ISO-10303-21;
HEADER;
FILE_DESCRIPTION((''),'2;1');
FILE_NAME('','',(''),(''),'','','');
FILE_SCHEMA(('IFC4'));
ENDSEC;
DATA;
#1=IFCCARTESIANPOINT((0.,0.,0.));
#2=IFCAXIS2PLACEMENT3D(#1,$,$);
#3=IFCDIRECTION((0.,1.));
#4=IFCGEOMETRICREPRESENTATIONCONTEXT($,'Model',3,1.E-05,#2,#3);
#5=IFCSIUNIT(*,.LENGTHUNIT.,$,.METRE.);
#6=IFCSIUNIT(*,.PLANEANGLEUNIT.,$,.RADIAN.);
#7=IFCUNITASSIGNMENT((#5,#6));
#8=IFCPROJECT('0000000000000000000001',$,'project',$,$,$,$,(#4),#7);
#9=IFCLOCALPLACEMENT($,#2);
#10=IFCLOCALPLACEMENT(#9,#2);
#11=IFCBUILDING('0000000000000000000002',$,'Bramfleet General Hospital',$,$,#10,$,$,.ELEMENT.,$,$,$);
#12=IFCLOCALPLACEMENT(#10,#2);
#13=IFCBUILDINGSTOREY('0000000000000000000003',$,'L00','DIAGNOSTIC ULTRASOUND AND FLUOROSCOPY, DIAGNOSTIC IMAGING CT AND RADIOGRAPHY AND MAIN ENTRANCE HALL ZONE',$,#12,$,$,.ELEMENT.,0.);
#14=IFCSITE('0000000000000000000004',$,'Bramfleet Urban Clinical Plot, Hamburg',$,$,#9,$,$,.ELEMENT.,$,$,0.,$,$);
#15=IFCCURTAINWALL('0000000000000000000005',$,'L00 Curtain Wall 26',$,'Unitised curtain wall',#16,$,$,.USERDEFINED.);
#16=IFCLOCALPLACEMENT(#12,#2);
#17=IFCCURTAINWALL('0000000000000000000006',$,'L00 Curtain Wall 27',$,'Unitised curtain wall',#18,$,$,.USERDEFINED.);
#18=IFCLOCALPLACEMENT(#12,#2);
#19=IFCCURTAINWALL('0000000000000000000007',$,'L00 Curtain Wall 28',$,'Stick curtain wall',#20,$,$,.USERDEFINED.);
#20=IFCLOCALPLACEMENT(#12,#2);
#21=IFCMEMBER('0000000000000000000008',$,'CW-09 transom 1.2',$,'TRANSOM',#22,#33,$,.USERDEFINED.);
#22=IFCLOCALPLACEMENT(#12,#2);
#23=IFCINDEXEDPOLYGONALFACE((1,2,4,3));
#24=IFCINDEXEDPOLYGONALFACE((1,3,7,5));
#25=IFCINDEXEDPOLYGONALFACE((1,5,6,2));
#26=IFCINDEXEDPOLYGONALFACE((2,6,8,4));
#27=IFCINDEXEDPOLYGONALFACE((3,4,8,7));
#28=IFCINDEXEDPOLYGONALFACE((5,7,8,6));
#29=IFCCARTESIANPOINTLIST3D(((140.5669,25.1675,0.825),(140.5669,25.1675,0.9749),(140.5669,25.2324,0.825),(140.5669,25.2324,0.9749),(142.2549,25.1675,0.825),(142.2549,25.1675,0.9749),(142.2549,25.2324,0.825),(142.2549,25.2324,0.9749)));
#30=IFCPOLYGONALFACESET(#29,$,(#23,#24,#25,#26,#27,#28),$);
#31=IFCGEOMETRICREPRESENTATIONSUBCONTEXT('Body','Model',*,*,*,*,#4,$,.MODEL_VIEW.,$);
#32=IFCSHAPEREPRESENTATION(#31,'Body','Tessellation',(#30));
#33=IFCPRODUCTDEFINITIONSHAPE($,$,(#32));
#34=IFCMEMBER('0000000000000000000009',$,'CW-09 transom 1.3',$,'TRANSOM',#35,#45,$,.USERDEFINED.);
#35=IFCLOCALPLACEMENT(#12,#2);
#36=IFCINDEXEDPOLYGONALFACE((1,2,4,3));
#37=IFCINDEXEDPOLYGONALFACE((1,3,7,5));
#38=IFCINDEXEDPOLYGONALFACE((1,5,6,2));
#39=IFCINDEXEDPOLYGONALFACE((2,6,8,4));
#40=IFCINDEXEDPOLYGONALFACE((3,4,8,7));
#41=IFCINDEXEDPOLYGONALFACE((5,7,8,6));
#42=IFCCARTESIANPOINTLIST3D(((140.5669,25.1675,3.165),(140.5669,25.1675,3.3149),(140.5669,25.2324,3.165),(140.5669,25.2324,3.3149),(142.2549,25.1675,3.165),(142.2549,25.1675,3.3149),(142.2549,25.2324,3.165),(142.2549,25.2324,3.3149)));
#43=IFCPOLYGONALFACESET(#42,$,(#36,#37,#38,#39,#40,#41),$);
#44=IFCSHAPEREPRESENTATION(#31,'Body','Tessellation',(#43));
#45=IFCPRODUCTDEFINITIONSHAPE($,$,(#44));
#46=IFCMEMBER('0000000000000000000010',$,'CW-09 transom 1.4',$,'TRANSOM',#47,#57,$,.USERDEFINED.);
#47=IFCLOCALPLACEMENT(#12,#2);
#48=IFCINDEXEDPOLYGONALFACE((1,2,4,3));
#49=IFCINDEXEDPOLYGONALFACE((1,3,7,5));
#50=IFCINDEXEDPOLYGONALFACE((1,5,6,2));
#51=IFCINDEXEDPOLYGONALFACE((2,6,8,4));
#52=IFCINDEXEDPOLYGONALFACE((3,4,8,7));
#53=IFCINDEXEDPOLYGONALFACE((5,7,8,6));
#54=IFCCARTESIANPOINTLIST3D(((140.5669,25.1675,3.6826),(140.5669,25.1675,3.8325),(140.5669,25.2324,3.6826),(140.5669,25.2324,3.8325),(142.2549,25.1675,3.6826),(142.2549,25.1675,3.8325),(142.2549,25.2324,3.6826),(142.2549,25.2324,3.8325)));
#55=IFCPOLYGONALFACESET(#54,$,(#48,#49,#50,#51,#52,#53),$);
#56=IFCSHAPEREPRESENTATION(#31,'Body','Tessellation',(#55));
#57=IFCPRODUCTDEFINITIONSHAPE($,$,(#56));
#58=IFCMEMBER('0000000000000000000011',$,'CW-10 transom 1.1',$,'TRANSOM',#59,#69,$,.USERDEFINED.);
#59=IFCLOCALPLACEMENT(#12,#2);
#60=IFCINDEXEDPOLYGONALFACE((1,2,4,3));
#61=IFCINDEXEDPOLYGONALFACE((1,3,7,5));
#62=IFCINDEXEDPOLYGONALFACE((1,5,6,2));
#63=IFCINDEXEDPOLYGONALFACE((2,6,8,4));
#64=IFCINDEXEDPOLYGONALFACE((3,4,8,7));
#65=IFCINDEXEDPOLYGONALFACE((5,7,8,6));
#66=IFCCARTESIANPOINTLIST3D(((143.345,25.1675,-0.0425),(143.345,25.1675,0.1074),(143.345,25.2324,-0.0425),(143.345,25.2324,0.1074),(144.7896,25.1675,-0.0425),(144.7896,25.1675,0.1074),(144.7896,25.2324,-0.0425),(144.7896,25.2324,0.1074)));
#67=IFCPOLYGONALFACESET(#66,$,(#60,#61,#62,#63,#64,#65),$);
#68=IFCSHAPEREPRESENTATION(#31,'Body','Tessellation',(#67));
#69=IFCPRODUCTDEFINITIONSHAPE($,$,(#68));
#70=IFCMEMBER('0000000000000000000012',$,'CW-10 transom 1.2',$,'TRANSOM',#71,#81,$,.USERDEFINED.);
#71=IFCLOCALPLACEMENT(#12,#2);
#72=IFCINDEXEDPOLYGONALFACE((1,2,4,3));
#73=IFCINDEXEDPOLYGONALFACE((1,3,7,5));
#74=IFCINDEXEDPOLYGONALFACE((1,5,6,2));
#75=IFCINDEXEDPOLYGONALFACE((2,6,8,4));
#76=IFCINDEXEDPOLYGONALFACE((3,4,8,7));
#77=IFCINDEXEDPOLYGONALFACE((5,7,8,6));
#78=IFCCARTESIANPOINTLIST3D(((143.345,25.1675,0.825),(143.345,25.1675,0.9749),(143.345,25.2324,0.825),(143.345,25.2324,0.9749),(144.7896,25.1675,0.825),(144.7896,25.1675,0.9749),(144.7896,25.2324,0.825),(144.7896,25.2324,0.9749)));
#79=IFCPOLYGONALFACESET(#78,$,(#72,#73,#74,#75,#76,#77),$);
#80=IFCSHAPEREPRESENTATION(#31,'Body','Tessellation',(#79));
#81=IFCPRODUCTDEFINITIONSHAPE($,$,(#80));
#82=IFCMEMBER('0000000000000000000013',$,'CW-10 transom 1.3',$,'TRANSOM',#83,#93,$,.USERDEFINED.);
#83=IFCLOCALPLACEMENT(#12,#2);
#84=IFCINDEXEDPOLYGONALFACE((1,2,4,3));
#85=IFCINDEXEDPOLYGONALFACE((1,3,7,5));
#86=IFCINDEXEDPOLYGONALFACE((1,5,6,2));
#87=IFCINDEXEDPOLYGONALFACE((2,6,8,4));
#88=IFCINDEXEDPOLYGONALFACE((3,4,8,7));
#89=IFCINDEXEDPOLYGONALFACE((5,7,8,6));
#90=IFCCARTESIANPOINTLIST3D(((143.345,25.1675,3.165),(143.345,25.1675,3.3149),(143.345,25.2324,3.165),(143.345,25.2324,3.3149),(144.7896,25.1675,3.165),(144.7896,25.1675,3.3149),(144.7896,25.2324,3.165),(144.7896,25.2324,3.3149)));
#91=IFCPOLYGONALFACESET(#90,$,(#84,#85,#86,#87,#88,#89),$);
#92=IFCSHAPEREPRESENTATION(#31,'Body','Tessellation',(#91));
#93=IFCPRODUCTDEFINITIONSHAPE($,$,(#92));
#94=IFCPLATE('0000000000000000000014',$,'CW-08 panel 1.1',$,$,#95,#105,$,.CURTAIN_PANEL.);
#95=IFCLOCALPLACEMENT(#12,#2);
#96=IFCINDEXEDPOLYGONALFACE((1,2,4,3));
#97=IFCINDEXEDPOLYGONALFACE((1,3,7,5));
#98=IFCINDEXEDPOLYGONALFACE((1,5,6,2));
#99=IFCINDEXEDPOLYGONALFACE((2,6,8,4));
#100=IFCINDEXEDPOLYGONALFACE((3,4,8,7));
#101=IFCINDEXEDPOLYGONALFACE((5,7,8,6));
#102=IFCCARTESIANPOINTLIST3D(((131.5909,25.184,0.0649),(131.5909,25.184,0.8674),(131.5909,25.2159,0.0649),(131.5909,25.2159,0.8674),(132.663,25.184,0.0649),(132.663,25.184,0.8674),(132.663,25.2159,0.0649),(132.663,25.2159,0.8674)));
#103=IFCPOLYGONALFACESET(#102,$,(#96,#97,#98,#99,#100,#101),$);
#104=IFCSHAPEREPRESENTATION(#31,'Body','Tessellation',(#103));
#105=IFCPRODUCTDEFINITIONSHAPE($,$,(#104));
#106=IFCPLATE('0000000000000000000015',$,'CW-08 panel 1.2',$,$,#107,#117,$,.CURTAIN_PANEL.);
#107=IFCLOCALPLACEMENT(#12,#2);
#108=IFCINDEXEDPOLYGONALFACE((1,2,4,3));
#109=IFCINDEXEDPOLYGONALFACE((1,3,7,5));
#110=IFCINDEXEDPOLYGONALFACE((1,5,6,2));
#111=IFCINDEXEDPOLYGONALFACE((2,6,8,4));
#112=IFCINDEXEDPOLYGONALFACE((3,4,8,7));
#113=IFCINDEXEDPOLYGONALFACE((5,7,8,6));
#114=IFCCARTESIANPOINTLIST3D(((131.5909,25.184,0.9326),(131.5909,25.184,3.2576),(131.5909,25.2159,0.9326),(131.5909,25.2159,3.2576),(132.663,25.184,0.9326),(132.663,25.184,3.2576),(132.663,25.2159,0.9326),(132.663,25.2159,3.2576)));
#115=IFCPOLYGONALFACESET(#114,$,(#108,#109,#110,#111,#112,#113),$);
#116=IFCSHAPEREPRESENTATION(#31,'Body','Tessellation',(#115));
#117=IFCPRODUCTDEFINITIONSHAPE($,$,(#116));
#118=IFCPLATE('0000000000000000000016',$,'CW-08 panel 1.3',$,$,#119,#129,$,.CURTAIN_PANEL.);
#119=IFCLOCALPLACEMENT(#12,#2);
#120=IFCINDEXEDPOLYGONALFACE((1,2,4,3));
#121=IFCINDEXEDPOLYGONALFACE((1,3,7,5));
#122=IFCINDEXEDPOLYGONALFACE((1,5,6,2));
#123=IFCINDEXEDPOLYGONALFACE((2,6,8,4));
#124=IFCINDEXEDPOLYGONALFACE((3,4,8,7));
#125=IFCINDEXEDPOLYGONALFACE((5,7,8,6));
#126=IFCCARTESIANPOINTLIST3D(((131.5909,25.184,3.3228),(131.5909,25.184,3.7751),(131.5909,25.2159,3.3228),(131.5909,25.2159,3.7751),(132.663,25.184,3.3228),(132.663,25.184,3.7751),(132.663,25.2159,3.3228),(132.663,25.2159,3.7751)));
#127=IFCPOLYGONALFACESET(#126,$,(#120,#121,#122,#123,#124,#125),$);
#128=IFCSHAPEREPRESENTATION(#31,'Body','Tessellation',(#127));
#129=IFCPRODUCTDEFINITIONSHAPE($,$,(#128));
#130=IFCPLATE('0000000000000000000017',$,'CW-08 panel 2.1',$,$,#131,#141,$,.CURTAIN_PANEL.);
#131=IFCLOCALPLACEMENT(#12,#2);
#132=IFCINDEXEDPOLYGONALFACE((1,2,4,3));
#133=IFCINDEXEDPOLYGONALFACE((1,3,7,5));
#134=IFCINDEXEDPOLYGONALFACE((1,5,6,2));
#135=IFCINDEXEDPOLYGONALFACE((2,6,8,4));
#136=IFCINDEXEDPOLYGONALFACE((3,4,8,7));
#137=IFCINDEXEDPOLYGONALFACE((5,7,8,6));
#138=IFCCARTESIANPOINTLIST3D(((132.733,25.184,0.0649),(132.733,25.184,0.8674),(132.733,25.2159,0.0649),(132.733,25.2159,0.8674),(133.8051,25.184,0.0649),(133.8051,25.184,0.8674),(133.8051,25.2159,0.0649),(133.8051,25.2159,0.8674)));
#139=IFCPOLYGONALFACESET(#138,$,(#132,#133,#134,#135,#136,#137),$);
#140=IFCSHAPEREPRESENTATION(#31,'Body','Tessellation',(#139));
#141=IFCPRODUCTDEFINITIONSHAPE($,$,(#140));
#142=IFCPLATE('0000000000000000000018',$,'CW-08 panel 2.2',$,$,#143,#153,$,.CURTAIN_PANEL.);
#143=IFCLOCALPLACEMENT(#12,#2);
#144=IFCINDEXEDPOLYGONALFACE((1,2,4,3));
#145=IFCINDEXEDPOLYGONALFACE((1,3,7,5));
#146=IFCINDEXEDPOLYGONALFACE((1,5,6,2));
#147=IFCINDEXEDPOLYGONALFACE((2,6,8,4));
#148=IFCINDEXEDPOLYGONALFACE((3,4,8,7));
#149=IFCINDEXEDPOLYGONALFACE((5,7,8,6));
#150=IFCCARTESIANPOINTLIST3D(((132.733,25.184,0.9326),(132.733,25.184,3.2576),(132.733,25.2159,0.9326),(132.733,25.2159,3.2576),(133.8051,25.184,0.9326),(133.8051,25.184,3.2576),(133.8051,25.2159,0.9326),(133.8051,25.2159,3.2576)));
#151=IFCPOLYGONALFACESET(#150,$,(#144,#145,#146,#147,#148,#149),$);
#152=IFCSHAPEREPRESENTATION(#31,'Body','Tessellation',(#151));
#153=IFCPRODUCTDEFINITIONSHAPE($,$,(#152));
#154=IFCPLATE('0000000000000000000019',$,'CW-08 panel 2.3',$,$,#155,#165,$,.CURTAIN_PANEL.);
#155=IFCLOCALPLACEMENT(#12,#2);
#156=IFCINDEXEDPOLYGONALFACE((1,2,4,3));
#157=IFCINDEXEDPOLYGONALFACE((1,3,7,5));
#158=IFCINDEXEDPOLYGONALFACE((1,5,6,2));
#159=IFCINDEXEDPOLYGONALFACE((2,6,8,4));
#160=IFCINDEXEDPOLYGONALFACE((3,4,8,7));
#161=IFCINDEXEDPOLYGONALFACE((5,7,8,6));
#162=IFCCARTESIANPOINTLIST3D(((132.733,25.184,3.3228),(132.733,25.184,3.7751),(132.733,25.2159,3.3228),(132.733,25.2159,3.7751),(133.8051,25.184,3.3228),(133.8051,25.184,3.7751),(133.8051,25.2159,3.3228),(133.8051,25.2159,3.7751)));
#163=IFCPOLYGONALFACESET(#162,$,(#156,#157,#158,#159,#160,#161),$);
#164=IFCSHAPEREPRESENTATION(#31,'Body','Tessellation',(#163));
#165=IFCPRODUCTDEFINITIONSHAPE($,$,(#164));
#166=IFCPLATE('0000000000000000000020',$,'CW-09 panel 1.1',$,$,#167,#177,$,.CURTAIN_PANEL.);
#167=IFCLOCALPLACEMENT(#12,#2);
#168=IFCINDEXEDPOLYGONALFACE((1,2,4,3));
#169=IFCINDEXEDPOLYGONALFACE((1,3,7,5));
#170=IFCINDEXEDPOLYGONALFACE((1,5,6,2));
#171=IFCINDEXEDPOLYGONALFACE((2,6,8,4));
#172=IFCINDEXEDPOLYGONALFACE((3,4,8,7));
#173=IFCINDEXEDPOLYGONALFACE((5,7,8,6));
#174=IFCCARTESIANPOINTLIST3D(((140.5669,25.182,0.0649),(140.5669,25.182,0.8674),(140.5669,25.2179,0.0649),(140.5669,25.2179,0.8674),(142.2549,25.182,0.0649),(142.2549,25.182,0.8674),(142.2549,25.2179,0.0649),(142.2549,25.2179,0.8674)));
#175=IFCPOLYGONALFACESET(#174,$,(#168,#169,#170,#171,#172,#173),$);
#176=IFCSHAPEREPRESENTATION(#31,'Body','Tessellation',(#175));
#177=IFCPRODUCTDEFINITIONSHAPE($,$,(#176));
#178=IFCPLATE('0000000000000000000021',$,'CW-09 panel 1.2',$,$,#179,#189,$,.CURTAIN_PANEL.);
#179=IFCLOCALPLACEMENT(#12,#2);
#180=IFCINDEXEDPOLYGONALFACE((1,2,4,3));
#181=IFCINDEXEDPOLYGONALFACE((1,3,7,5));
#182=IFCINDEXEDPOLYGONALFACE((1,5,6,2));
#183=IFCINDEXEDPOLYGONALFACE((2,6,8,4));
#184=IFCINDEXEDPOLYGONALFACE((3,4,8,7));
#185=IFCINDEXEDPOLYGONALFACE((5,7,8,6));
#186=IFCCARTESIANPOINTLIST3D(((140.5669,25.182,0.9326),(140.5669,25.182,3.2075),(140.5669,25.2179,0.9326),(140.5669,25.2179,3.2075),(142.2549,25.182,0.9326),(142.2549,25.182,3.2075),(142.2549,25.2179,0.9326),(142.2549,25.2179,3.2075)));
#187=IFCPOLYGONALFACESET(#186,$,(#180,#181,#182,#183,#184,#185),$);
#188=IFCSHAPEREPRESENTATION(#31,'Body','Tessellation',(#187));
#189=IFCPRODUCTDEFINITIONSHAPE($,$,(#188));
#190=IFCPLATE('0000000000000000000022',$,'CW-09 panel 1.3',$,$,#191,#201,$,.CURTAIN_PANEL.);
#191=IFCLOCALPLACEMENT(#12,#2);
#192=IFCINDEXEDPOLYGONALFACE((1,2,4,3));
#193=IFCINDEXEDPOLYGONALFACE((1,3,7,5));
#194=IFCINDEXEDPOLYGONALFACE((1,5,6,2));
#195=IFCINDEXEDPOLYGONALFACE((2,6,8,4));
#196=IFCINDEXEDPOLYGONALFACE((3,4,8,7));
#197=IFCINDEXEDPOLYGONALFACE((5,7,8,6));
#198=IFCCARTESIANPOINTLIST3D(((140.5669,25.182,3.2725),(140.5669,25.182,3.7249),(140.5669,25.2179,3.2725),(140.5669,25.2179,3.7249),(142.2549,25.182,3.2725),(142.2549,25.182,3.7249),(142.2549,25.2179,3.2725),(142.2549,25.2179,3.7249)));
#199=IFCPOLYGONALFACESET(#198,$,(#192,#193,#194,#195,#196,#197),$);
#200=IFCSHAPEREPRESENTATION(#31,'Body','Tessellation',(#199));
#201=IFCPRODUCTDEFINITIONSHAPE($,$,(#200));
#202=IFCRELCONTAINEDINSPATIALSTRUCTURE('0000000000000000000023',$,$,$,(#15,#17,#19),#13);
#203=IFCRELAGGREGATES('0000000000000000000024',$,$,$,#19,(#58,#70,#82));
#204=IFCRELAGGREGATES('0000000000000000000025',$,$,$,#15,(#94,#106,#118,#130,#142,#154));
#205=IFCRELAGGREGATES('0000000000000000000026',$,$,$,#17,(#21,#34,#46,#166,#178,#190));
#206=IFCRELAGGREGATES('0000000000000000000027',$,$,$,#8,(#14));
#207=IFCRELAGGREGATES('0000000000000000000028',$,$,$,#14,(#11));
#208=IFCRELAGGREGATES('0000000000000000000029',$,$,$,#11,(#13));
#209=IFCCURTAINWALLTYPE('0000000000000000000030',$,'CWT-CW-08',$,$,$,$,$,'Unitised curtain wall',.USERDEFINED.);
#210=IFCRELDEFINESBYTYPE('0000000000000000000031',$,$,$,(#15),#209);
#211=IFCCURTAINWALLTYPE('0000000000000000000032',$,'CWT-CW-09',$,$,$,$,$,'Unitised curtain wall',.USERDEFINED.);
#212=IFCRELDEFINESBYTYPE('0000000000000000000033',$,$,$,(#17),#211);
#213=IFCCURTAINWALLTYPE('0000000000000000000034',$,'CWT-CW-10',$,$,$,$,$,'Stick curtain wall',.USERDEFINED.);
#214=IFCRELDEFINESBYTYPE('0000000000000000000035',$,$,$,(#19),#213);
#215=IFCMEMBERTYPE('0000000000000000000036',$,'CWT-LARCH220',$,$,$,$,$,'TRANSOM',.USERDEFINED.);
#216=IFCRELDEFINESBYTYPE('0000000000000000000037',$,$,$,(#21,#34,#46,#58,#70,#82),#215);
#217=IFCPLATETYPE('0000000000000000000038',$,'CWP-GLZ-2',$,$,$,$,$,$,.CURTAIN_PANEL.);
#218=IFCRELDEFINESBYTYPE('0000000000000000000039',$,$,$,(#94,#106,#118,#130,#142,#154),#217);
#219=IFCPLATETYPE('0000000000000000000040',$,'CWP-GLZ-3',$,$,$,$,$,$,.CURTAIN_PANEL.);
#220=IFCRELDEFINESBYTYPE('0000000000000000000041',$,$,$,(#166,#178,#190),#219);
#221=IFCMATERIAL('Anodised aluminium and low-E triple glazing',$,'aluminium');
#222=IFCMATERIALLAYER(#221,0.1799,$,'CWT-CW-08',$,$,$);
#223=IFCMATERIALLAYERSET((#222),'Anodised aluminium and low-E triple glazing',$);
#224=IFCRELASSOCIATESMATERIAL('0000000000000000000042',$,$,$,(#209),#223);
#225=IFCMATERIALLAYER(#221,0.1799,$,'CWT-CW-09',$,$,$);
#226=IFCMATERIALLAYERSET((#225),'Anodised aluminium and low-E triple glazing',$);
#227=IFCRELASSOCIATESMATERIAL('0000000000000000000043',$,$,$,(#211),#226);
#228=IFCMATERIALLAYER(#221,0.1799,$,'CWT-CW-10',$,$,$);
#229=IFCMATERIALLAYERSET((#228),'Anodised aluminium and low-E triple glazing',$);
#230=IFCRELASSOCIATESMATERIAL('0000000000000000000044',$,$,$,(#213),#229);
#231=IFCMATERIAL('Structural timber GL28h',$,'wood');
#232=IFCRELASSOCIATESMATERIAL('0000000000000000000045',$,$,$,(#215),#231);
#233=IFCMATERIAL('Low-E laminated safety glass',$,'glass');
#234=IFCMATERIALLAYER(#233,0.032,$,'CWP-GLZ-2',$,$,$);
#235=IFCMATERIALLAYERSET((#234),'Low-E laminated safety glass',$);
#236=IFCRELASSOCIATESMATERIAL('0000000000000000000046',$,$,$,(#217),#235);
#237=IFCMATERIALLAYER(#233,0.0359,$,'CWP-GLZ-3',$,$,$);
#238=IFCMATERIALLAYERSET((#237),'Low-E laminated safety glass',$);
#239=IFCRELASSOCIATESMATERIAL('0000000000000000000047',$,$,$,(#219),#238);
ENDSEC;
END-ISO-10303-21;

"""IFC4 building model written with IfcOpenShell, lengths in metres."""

from ifc_helpers import new_model, si_unit, direction, frame, origin, origin_2d, place, context, subcontext, project, spatial, rectangle, extrude, material, layer, layer_set, material_profile, profile_set, type_object, element, aggregate, save


model = new_model("IFC4")

# Units and contexts
model_context = context("Model", 3, precision=1e-05, world=origin(), true_north=direction((0.0, 1.0)))
body_context = subcontext(model_context, "Body", "Model", "MODEL_VIEW")
ifc_project = project(units=[si_unit("LENGTHUNIT", "METRE"), si_unit("PLANEANGLEUNIT", "RADIAN")], contexts=[model_context])

# Site, building, storey
site_placement = place(None, origin())
site = spatial("IfcSite", under=ifc_project, at=site_placement, Name="Bramfleet Urban Clinical Plot, Hamburg", CompositionType="ELEMENT", RefElevation=0.0)
building_placement = place(site_placement, origin())
building = spatial("IfcBuilding", under=site, at=building_placement, Name="Bramfleet General Hospital", CompositionType="ELEMENT")
storey_placement = place(building_placement, origin())
storey = spatial("IfcBuildingStorey", under=building, at=storey_placement, Name="L00", Description="DIAGNOSTIC ULTRASOUND AND FLUOROSCOPY, DIAGNOSTIC IMAGING CT AND RADIOGRAPHY AND MAIN ENTRANCE HALL ZONE", CompositionType="ELEMENT", Elevation=0.0)

# Curtain walls
ifc_material_1 = material(Name="Anodised aluminium and low-E triple glazing", Category="aluminium")
ifc_layer_1 = layer(ifc_material_1, 0.1799, Name="CWT-CW-08")
ifc_layer_set_1 = layer_set([ifc_layer_1], Name="Anodised aluminium and low-E triple glazing")
curtain_wall_type_1 = type_object("IfcCurtainWallType", Name="CWT-CW-08", ElementType="Unitised curtain wall", PredefinedType="USERDEFINED", material=ifc_layer_set_1)
curtain_wall_1_placement = place(storey_placement, origin())
curtain_wall_1 = element("IfcCurtainWall", 1, at=curtain_wall_1_placement, inside=storey, type_object=curtain_wall_type_1, Name="L00 Curtain Wall 26", ObjectType="Unitised curtain wall", PredefinedType="USERDEFINED")
ifc_material_2 = material(Name="Structural timber GL28h", Category="wood")
ifc_layer_2 = layer(ifc_material_1, 0.1799, Name="CWT-CW-09")
ifc_layer_set_2 = layer_set([ifc_layer_2], Name="Anodised aluminium and low-E triple glazing")
curtain_wall_type_2 = type_object("IfcCurtainWallType", Name="CWT-CW-09", ElementType="Unitised curtain wall", PredefinedType="USERDEFINED", material=ifc_layer_set_2)
curtain_wall_2_placement = place(storey_placement, origin())
curtain_wall_2 = element("IfcCurtainWall", 2, at=curtain_wall_2_placement, inside=storey, type_object=curtain_wall_type_2, Name="L00 Curtain Wall 27", ObjectType="Unitised curtain wall", PredefinedType="USERDEFINED")

# Curtain wall
ifc_layer_3 = layer(ifc_material_1, 0.1799, Name="CWT-CW-10")
ifc_layer_set_3 = layer_set([ifc_layer_3], Name="Anodised aluminium and low-E triple glazing")
curtain_wall_type_3 = type_object("IfcCurtainWallType", Name="CWT-CW-10", ElementType="Stick curtain wall", PredefinedType="USERDEFINED", material=ifc_layer_set_3)
curtain_wall_3_placement = place(storey_placement, origin())
curtain_wall_3 = element("IfcCurtainWall", 3, at=curtain_wall_3_placement, inside=storey, type_object=curtain_wall_type_3, Name="L00 Curtain Wall 28", ObjectType="Stick curtain wall", PredefinedType="USERDEFINED")

# Members
ifc_material_profile_1 = material_profile(ifc_material_2, rectangle(XDim=0.0649, YDim=0.1499, at=origin_2d()), Name="LARCH 150x65")
ifc_profile_set_1 = profile_set([ifc_material_profile_1], Name="Structural timber GL28h")
member_type_1 = type_object("IfcMemberType", Name="CWT-LARCH220", ElementType="TRANSOM", PredefinedType="USERDEFINED", material=ifc_profile_set_1)
member_1_placement = place(storey_placement, frame((140.5669, 25.2, 0.8999), z_axis=(1.0, 0.0, 0.0), x_axis=(0.0, 1.0, 0.0)))
member_1 = element("IfcMember", 4, at=member_1_placement, type_object=member_type_1, Name="CW-09 transom 1.2", ObjectType="TRANSOM", PredefinedType="USERDEFINED", context=body_context, shape_type="SweptSolid", body=[
    extrude(rectangle(XDim=0.0649, YDim=0.1499, at=origin_2d()), origin(), (0.0, 0.0, 1.0), 1.688),
])
member_2_placement = place(storey_placement, frame((140.5669, 25.2, 3.24), z_axis=(1.0, 0.0, 0.0), x_axis=(0.0, 1.0, 0.0)))
member_2 = element("IfcMember", 5, at=member_2_placement, type_object=member_type_1, Name="CW-09 transom 1.3", ObjectType="TRANSOM", PredefinedType="USERDEFINED", context=body_context, shape_type="SweptSolid", body=[
    extrude(rectangle(XDim=0.0649, YDim=0.1499, at=origin_2d()), origin(), (0.0, 0.0, 1.0), 1.688),
])
member_3_placement = place(storey_placement, frame((140.5669, 25.2, 3.7576), z_axis=(1.0, 0.0, 0.0), x_axis=(0.0, 1.0, 0.0)))
member_3 = element("IfcMember", 6, at=member_3_placement, type_object=member_type_1, Name="CW-09 transom 1.4", ObjectType="TRANSOM", PredefinedType="USERDEFINED", context=body_context, shape_type="SweptSolid", body=[
    extrude(rectangle(XDim=0.0649, YDim=0.1499, at=origin_2d()), origin(), (0.0, 0.0, 1.0), 1.688),
])
member_4_placement = place(storey_placement, frame((143.345, 25.2, 0.0325), z_axis=(1.0, 0.0, 0.0), x_axis=(0.0, 1.0, 0.0)))
member_4 = element("IfcMember", 7, at=member_4_placement, type_object=member_type_1, Name="CW-10 transom 1.1", ObjectType="TRANSOM", PredefinedType="USERDEFINED", context=body_context, shape_type="SweptSolid", body=[
    extrude(rectangle(XDim=0.0649, YDim=0.1499, at=origin_2d()), origin(), (0.0, 0.0, 1.0), 1.4446),
])
member_5_placement = place(storey_placement, frame((143.345, 25.2, 0.8999), z_axis=(1.0, 0.0, 0.0), x_axis=(0.0, 1.0, 0.0)))
member_5 = element("IfcMember", 8, at=member_5_placement, type_object=member_type_1, Name="CW-10 transom 1.2", ObjectType="TRANSOM", PredefinedType="USERDEFINED", context=body_context, shape_type="SweptSolid", body=[
    extrude(rectangle(XDim=0.0649, YDim=0.1499, at=origin_2d()), origin(), (0.0, 0.0, 1.0), 1.4446),
])
member_6_placement = place(storey_placement, frame((143.345, 25.2, 3.24), z_axis=(1.0, 0.0, 0.0), x_axis=(0.0, 1.0, 0.0)))
member_6 = element("IfcMember", 9, at=member_6_placement, type_object=member_type_1, Name="CW-10 transom 1.3", ObjectType="TRANSOM", PredefinedType="USERDEFINED", context=body_context, shape_type="SweptSolid", body=[
    extrude(rectangle(XDim=0.0649, YDim=0.1499, at=origin_2d()), origin(), (0.0, 0.0, 1.0), 1.4446),
])
aggregate(curtain_wall_3, [member_4, member_5, member_6])

# Plates
ifc_material_3 = material(Name="Low-E laminated safety glass", Category="glass")
ifc_layer_4 = layer(ifc_material_3, 0.032, Name="CWP-GLZ-2")
ifc_layer_set_4 = layer_set([ifc_layer_4], Name="Low-E laminated safety glass")
plate_type_1 = type_object("IfcPlateType", Name="CWP-GLZ-2", PredefinedType="CURTAIN_PANEL", material=ifc_layer_set_4)
plate_1_placement = place(storey_placement, frame((132.127, 25.2, 0.0649), z_axis=(0.0, 0.0, 1.0), x_axis=(1.0, 0.0, 0.0)))
plate_1 = element("IfcPlate", 10, at=plate_1_placement, type_object=plate_type_1, Name="CW-08 panel 1.1", PredefinedType="CURTAIN_PANEL", context=body_context, shape_type="SweptSolid", body=[
    extrude(rectangle(XDim=1.072, YDim=0.032, at=origin_2d()), origin(), (0.0, 0.0, 1.0), 0.8025),
])
plate_2_placement = place(storey_placement, frame((132.127, 25.2, 0.9326), z_axis=(0.0, 0.0, 1.0), x_axis=(1.0, 0.0, 0.0)))
plate_2 = element("IfcPlate", 11, at=plate_2_placement, type_object=plate_type_1, Name="CW-08 panel 1.2", PredefinedType="CURTAIN_PANEL", context=body_context, shape_type="SweptSolid", body=[
    extrude(rectangle(XDim=1.072, YDim=0.032, at=origin_2d()), origin(), (0.0, 0.0, 1.0), 2.325),
])
plate_3_placement = place(storey_placement, frame((132.127, 25.2, 3.3228), z_axis=(0.0, 0.0, 1.0), x_axis=(1.0, 0.0, 0.0)))
plate_3 = element("IfcPlate", 12, at=plate_3_placement, type_object=plate_type_1, Name="CW-08 panel 1.3", PredefinedType="CURTAIN_PANEL", context=body_context, shape_type="SweptSolid", body=[
    extrude(rectangle(XDim=1.072, YDim=0.032, at=origin_2d()), origin(), (0.0, 0.0, 1.0), 0.4524),
])
plate_4_placement = place(storey_placement, frame((133.269, 25.2, 0.0649), z_axis=(0.0, 0.0, 1.0), x_axis=(1.0, 0.0, 0.0)))
plate_4 = element("IfcPlate", 13, at=plate_4_placement, type_object=plate_type_1, Name="CW-08 panel 2.1", PredefinedType="CURTAIN_PANEL", context=body_context, shape_type="SweptSolid", body=[
    extrude(rectangle(XDim=1.072, YDim=0.032, at=origin_2d()), origin(), (0.0, 0.0, 1.0), 0.8025),
])
plate_5_placement = place(storey_placement, frame((133.269, 25.2, 0.9326), z_axis=(0.0, 0.0, 1.0), x_axis=(1.0, 0.0, 0.0)))
plate_5 = element("IfcPlate", 14, at=plate_5_placement, type_object=plate_type_1, Name="CW-08 panel 2.2", PredefinedType="CURTAIN_PANEL", context=body_context, shape_type="SweptSolid", body=[
    extrude(rectangle(XDim=1.072, YDim=0.032, at=origin_2d()), origin(), (0.0, 0.0, 1.0), 2.325),
])
plate_6_placement = place(storey_placement, frame((133.269, 25.2, 3.3228), z_axis=(0.0, 0.0, 1.0), x_axis=(1.0, 0.0, 0.0)))
plate_6 = element("IfcPlate", 15, at=plate_6_placement, type_object=plate_type_1, Name="CW-08 panel 2.3", PredefinedType="CURTAIN_PANEL", context=body_context, shape_type="SweptSolid", body=[
    extrude(rectangle(XDim=1.072, YDim=0.032, at=origin_2d()), origin(), (0.0, 0.0, 1.0), 0.4524),
])
aggregate(curtain_wall_1, [plate_1, plate_2, plate_3, plate_4, plate_5, plate_6])
ifc_layer_5 = layer(ifc_material_3, 0.0359, Name="CWP-GLZ-3")
ifc_layer_set_5 = layer_set([ifc_layer_5], Name="Low-E laminated safety glass")
plate_type_2 = type_object("IfcPlateType", Name="CWP-GLZ-3", PredefinedType="CURTAIN_PANEL", material=ifc_layer_set_5)
plate_7_placement = place(storey_placement, frame((141.4109, 25.2, 0.0649), z_axis=(0.0, 0.0, 1.0), x_axis=(1.0, 0.0, 0.0)))
plate_7 = element("IfcPlate", 16, at=plate_7_placement, type_object=plate_type_2, Name="CW-09 panel 1.1", PredefinedType="CURTAIN_PANEL", context=body_context, shape_type="SweptSolid", body=[
    extrude(rectangle(XDim=1.688, YDim=0.0359, at=origin_2d()), origin(), (0.0, 0.0, 1.0), 0.8025),
])
plate_8_placement = place(storey_placement, frame((141.4109, 25.2, 0.9326), z_axis=(0.0, 0.0, 1.0), x_axis=(1.0, 0.0, 0.0)))
plate_8 = element("IfcPlate", 17, at=plate_8_placement, type_object=plate_type_2, Name="CW-09 panel 1.2", PredefinedType="CURTAIN_PANEL", context=body_context, shape_type="SweptSolid", body=[
    extrude(rectangle(XDim=1.688, YDim=0.0359, at=origin_2d()), origin(), (0.0, 0.0, 1.0), 2.2749),
])
plate_9_placement = place(storey_placement, frame((141.4109, 25.2, 3.2725), z_axis=(0.0, 0.0, 1.0), x_axis=(1.0, 0.0, 0.0)))
plate_9 = element("IfcPlate", 18, at=plate_9_placement, type_object=plate_type_2, Name="CW-09 panel 1.3", PredefinedType="CURTAIN_PANEL", context=body_context, shape_type="SweptSolid", body=[
    extrude(rectangle(XDim=1.688, YDim=0.0359, at=origin_2d()), origin(), (0.0, 0.0, 1.0), 0.4524),
])
aggregate(curtain_wall_2, [member_1, member_2, member_3, plate_7, plate_8, plate_9])

save(model, "model.ifc")
